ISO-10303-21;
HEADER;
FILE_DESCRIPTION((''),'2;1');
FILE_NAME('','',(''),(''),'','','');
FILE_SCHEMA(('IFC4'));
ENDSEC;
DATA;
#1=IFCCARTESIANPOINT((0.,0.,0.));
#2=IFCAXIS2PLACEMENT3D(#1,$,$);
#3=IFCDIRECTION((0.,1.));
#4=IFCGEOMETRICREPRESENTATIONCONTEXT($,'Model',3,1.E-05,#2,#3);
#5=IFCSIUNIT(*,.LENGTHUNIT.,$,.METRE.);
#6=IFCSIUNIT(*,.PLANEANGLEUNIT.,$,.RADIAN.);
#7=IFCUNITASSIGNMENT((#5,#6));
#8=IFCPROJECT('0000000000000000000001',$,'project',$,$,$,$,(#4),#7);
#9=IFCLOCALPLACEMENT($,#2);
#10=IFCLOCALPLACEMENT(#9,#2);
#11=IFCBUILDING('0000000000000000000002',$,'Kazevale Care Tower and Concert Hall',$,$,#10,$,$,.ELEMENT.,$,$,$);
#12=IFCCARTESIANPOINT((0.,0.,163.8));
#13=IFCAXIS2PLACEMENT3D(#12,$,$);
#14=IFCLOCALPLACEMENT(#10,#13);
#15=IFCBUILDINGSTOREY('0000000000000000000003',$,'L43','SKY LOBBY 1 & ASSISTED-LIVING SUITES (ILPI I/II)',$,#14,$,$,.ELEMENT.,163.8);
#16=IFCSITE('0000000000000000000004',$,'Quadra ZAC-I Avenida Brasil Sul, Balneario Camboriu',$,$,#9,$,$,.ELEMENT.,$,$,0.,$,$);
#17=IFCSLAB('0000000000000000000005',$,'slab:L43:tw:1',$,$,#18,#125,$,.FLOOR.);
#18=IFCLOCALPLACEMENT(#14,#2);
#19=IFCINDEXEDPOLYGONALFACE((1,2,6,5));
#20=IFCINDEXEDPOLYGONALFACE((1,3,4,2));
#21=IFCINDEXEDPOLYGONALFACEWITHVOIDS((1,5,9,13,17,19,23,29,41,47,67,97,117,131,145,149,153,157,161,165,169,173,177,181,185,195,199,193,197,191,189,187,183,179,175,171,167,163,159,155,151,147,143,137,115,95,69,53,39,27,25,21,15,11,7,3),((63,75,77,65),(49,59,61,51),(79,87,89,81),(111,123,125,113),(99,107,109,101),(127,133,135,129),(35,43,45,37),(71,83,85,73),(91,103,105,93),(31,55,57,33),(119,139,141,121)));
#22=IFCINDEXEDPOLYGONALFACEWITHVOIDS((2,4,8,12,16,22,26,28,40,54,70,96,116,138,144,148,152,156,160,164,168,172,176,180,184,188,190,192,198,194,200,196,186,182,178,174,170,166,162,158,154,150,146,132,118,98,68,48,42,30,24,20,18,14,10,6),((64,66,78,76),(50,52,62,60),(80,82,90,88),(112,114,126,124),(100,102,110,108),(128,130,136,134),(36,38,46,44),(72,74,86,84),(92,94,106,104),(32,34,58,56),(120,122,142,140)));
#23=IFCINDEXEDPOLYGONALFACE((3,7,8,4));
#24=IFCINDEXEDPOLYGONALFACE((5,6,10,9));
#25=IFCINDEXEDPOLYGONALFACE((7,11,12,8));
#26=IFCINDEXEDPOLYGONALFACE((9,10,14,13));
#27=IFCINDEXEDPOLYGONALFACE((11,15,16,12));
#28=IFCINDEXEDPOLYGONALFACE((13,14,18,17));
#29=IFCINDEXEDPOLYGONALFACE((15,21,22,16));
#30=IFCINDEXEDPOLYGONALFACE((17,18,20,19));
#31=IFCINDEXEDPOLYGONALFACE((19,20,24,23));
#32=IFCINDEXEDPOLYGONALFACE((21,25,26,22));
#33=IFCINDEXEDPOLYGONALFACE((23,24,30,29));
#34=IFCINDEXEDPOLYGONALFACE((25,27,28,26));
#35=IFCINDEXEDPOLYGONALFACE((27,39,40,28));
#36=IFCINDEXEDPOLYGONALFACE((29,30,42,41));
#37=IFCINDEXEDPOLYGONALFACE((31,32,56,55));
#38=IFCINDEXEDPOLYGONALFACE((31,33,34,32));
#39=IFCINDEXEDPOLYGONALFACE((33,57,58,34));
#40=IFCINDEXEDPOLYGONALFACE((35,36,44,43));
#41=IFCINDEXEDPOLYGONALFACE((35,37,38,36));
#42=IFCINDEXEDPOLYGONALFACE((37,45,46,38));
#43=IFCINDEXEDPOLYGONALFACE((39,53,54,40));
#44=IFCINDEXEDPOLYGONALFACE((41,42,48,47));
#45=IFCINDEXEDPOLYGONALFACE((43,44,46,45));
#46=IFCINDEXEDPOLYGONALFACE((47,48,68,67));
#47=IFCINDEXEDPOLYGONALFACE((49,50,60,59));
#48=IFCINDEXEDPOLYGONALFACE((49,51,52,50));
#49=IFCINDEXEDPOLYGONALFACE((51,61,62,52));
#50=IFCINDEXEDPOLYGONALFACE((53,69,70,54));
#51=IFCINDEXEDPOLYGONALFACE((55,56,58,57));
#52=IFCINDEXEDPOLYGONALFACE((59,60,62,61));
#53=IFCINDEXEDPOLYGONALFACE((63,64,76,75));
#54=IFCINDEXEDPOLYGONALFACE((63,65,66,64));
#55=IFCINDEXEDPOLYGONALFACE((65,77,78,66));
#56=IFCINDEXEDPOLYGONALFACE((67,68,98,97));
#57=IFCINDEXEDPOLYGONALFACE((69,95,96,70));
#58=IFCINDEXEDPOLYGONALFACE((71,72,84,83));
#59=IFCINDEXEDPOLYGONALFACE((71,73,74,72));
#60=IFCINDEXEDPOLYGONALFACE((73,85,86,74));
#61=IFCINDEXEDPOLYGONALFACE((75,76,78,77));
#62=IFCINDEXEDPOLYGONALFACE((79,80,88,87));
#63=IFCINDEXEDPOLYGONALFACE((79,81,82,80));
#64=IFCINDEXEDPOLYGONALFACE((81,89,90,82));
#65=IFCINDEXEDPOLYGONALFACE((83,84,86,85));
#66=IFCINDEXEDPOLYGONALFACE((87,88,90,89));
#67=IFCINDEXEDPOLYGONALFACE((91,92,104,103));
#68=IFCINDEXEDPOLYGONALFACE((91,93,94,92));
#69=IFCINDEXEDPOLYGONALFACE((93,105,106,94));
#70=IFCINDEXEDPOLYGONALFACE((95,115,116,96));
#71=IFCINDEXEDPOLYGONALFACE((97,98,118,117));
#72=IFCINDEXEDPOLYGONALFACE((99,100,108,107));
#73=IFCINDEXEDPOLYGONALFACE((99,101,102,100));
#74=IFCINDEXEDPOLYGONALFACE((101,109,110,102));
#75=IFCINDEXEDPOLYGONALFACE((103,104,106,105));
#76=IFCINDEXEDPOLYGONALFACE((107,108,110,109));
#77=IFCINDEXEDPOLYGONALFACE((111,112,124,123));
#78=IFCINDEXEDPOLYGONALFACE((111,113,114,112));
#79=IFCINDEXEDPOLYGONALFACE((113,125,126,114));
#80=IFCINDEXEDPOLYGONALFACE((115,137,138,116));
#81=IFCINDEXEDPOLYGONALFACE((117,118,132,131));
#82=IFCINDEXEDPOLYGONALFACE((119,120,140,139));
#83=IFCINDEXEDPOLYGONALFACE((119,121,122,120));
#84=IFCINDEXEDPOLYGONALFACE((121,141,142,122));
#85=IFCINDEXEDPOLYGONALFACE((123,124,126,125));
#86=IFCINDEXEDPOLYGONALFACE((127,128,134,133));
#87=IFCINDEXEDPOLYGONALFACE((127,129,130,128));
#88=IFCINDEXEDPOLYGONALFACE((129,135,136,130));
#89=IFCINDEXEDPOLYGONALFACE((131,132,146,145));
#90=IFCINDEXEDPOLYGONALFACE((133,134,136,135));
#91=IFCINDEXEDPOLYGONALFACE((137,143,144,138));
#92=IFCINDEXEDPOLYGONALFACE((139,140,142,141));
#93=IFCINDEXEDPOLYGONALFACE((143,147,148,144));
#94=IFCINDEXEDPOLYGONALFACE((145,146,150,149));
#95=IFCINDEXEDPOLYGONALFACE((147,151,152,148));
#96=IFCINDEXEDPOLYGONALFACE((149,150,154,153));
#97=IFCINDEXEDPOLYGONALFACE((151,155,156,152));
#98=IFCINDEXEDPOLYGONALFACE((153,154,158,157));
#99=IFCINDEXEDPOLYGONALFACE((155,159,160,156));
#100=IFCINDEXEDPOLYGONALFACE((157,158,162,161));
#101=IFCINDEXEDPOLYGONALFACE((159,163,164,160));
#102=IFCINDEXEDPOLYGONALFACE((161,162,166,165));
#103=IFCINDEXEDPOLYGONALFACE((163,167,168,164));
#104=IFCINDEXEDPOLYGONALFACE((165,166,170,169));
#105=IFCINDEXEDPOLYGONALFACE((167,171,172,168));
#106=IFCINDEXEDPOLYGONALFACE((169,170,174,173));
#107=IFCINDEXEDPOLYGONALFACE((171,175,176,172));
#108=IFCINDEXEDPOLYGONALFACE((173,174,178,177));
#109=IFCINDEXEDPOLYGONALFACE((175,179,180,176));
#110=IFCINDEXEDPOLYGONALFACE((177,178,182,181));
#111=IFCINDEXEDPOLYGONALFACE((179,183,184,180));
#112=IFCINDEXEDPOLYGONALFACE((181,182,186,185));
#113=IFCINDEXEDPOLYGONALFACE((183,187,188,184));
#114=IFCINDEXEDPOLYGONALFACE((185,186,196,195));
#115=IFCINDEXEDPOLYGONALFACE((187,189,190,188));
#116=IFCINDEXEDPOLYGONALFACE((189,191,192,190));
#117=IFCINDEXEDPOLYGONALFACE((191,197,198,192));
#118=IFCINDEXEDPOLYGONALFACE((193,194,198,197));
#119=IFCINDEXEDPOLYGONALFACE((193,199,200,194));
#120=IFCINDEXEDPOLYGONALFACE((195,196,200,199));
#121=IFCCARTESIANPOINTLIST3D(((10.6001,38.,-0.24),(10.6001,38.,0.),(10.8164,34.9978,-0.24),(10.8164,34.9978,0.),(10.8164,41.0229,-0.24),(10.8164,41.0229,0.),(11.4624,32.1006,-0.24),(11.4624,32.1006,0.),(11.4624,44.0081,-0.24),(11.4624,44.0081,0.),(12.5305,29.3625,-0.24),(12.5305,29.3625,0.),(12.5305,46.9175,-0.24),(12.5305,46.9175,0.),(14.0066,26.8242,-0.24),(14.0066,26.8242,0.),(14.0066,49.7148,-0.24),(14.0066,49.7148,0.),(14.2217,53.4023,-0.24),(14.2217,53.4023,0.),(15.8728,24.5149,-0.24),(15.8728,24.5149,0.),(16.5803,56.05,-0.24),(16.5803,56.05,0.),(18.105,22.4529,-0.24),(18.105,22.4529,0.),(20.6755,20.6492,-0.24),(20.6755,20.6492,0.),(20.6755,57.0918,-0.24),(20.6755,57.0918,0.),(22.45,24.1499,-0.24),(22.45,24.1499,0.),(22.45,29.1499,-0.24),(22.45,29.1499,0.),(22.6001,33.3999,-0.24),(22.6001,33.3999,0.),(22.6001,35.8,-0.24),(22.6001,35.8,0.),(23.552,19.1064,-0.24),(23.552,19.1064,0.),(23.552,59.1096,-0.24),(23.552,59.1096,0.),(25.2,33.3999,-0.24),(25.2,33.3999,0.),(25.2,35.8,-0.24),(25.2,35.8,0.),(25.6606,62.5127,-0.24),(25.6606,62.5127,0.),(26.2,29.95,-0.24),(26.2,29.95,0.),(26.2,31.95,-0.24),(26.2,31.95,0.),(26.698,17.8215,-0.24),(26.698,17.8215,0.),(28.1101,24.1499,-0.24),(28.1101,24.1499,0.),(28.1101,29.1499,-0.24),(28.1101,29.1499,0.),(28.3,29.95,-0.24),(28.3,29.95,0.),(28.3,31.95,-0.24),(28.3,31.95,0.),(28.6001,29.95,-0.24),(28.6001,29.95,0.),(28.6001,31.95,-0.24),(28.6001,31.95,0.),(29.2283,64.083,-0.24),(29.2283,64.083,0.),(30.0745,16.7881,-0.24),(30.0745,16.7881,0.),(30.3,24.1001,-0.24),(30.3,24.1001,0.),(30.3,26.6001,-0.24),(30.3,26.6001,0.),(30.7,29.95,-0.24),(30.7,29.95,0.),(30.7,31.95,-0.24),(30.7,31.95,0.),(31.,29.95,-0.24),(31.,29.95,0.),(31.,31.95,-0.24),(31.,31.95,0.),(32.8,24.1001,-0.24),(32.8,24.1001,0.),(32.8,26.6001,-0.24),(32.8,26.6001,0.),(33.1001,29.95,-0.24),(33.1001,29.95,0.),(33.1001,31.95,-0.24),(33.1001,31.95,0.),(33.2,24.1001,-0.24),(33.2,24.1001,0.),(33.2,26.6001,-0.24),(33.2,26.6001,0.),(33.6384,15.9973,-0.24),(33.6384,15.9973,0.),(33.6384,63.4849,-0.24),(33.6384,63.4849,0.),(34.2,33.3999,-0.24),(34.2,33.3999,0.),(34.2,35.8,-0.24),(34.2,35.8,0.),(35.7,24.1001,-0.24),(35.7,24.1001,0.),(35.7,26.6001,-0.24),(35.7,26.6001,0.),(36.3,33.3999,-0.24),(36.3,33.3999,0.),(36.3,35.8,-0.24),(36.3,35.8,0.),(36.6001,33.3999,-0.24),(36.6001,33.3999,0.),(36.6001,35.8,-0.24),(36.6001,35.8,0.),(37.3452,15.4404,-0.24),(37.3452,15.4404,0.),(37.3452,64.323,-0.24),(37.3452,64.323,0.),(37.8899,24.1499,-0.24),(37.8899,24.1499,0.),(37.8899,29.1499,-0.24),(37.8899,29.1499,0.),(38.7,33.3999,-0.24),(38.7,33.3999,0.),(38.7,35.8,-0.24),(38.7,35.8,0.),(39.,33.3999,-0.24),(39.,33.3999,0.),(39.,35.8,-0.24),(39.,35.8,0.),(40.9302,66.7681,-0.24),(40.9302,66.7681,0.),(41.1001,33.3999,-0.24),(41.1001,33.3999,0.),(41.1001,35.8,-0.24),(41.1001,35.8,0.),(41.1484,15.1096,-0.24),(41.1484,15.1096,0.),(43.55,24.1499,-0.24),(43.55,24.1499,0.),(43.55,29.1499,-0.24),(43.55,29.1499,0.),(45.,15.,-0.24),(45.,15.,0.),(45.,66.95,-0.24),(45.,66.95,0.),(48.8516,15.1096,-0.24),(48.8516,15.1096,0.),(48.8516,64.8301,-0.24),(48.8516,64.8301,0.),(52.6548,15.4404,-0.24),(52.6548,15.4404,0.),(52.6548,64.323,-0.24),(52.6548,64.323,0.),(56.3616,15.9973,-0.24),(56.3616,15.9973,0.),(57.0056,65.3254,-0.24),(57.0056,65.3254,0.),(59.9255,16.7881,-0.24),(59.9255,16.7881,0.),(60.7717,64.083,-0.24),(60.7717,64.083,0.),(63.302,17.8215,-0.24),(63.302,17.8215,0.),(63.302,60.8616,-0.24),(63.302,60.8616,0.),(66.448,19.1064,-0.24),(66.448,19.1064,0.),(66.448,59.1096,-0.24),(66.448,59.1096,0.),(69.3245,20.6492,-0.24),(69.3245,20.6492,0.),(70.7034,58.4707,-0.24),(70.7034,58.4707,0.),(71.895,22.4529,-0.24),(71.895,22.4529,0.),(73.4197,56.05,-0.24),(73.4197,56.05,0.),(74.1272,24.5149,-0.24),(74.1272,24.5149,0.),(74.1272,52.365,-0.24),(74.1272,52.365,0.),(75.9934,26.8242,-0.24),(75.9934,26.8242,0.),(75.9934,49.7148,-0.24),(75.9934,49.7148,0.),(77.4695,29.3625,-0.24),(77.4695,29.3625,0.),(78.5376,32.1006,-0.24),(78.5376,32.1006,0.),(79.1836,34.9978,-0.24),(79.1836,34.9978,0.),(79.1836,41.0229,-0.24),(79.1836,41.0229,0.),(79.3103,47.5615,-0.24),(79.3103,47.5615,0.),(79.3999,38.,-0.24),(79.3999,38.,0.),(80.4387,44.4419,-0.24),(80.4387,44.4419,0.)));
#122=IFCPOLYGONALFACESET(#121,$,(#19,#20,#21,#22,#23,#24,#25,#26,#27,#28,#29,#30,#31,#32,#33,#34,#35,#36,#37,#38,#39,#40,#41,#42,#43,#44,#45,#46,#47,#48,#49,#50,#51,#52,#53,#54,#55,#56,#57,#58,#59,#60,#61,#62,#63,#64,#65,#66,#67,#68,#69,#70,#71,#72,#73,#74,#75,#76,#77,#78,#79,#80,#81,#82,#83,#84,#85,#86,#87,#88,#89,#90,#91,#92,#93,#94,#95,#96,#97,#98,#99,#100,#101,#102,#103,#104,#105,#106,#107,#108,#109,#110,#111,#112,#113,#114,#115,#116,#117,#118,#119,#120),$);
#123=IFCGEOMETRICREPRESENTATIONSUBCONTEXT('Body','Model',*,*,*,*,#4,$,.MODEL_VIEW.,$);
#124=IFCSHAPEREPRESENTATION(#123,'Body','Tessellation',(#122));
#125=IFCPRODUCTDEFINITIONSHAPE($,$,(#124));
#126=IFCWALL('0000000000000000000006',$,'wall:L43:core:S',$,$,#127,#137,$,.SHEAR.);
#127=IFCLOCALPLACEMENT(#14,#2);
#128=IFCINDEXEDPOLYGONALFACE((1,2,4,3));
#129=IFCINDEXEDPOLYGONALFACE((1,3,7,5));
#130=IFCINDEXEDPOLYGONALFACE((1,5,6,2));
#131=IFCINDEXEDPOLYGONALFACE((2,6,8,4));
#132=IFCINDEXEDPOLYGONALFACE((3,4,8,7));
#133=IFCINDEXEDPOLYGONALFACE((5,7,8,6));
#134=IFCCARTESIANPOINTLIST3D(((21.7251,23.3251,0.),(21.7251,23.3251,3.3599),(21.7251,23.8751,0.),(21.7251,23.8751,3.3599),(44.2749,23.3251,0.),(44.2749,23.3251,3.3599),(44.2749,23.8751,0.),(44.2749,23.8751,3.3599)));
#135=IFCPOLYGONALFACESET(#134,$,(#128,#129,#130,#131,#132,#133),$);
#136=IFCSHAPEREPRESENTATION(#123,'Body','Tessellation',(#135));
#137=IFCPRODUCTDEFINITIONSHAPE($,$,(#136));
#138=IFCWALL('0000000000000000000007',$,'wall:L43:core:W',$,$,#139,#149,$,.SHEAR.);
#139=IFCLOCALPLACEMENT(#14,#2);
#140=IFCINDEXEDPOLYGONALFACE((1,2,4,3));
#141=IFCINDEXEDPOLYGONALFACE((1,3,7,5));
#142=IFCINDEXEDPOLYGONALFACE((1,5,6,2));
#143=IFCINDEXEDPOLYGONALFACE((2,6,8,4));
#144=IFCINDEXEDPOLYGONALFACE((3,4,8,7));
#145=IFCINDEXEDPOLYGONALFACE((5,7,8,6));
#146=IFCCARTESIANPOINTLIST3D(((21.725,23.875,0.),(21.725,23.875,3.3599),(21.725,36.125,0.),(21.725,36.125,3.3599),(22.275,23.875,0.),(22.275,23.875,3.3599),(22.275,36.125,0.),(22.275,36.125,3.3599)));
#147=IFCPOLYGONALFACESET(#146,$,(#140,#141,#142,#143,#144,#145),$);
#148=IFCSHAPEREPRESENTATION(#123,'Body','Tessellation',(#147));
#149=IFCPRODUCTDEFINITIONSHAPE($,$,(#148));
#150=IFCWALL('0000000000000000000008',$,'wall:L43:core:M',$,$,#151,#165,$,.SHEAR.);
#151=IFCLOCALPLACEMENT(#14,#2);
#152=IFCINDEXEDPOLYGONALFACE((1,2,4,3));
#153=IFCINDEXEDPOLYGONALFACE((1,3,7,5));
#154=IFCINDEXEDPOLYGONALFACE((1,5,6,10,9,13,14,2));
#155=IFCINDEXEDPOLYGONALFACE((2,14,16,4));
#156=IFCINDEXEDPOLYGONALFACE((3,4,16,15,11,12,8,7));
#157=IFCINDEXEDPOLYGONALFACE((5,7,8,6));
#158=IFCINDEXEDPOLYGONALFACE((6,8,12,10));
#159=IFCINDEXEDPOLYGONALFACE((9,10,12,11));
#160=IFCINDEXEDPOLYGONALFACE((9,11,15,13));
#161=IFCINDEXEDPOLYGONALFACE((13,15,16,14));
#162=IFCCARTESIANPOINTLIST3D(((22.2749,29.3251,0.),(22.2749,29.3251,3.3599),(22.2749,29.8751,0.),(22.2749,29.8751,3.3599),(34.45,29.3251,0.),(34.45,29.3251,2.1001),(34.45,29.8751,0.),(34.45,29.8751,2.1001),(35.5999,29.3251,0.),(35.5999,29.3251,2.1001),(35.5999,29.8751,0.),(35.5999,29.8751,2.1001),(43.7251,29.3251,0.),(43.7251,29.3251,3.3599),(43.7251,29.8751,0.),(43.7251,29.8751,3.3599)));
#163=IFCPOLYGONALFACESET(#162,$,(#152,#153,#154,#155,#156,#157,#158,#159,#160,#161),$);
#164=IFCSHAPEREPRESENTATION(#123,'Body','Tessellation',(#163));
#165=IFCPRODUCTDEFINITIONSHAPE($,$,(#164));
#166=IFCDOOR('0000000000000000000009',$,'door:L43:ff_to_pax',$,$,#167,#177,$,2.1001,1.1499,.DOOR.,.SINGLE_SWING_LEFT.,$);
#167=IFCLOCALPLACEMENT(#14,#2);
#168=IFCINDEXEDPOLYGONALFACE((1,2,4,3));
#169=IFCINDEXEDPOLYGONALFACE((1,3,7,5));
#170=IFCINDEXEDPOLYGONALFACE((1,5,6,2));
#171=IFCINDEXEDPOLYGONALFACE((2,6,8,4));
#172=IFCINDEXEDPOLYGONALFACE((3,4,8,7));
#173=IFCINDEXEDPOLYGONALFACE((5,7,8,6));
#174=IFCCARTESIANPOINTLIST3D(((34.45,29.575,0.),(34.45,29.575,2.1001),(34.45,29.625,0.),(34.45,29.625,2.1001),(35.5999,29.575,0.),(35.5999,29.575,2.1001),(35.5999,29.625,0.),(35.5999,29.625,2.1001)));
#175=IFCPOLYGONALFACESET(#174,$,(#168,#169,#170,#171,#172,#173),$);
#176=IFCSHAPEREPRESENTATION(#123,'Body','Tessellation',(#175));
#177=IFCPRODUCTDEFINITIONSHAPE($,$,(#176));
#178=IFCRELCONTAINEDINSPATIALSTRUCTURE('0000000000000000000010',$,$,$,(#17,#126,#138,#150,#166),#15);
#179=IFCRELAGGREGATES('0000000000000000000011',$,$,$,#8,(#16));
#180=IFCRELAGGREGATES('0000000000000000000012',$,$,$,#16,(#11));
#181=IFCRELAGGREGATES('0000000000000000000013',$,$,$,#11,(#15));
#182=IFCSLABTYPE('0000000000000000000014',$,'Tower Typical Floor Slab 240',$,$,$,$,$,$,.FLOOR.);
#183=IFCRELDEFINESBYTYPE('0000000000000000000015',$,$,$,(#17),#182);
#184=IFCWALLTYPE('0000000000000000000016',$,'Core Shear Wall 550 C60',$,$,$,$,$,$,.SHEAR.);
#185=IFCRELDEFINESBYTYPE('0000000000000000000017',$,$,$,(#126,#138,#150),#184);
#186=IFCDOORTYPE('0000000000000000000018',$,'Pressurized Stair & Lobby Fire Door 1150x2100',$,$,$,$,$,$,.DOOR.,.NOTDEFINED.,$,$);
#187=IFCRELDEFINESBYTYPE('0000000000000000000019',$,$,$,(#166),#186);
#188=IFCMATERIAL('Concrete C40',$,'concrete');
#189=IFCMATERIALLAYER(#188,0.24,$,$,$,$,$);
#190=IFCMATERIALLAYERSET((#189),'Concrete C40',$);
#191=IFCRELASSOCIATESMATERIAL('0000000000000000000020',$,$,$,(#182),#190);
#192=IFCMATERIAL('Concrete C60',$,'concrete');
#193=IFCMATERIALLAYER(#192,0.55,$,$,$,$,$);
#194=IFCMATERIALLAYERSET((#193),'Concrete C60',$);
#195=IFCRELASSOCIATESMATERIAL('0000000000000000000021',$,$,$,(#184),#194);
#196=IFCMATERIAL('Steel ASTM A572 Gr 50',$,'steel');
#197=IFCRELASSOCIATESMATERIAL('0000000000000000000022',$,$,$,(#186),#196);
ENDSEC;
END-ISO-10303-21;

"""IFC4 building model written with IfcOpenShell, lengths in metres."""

from ifc_helpers import new_model, si_unit, direction, frame, frame_2d, origin, place, context, subcontext, project, spatial, polyline, rectangle, outline, extrude, material, layer, layer_set, type_object, element, fill, save


model = new_model("IFC4")

# Units and contexts
model_context = context("Model", 3, precision=1e-05, world=origin(), true_north=direction((0.0, 1.0)))
body_context = subcontext(model_context, "Body", "Model", "MODEL_VIEW")
ifc_project = project(units=[si_unit("LENGTHUNIT", "METRE"), si_unit("PLANEANGLEUNIT", "RADIAN")], contexts=[model_context])

# Site, building, storey
site_placement = place(None, origin())
site = spatial("IfcSite", under=ifc_project, at=site_placement, Name="Quadra ZAC-I Avenida Brasil Sul, Balneario Camboriu", CompositionType="ELEMENT", RefElevation=0.0)
building_placement = place(site_placement, origin())
building = spatial("IfcBuilding", under=site, at=building_placement, Name="Kazevale Care Tower and Concert Hall", CompositionType="ELEMENT")
storey_placement = place(building_placement, frame((0.0, 0.0, 163.8)))
storey = spatial("IfcBuildingStorey", under=building, at=storey_placement, Name="L43", Description="SKY LOBBY 1 & ASSISTED-LIVING SUITES (ILPI I/II)", CompositionType="ELEMENT", Elevation=163.8)

# Shared definitions
ifc_material_1 = material(Name="Concrete C60", Category="concrete")

# Shared definitions
ifc_material_2 = material(Name="Steel ASTM A572 Gr 50", Category="steel")

# Shared definitions
ifc_material_3 = material(Name="Concrete C40", Category="concrete")

# Slab
ifc_layer_1 = layer(ifc_material_3, 0.24)
ifc_layer_set_1 = layer_set([ifc_layer_1], Name="Concrete C40")
slab_type_1 = type_object("IfcSlabType", Name="Tower Typical Floor Slab 240", PredefinedType="FLOOR", material=ifc_layer_set_1)
slab_1_placement = place(storey_placement, frame((0.0, 0.0, -0.24)))
element("IfcSlab", 1, at=slab_1_placement, inside=storey, type_object=slab_type_1, Name="slab:L43:tw:1", PredefinedType="FLOOR", context=body_context, shape_type="SweptSolid", body=[
    extrude(outline(polyline([(79.3999, 38.0), (79.1836, 41.0229), (80.4387, 44.4419), (79.3103, 47.5615), (75.9934, 49.7148), (74.1272, 52.365), (73.4197, 56.05), (70.7034, 58.4707), (66.448, 59.1096), (63.302, 60.8616), (60.7717, 64.083), (57.0056, 65.3254), (52.6548, 64.323), (48.8516, 64.8301), (45.0, 66.95), (40.9302, 66.7681), (37.3452, 64.323), (33.6384, 63.4849), (29.2283, 64.083), (25.6606, 62.5127), (23.552, 59.1096), (20.6755, 57.0918), (16.5803, 56.05), (14.2217, 53.4023), (14.0066, 49.7148), (12.5305, 46.9175), (11.4624, 44.0081), (10.8164, 41.0229), (10.6001, 38.0), (10.8164, 34.9978), (11.4624, 32.1006), (12.5305, 29.3625), (14.0066, 26.8242), (15.8728, 24.5149), (18.105, 22.4529), (20.6755, 20.6492), (23.552, 19.1064), (26.698, 17.8215), (30.0745, 16.7881), (33.6384, 15.9973), (37.3452, 15.4404), (41.1484, 15.1096), (45.0, 15.0), (48.8516, 15.1096), (52.6548, 15.4404), (56.3616, 15.9973), (59.9255, 16.7881), (63.302, 17.8215), (66.448, 19.1064), (69.3245, 20.6492), (71.895, 22.4529), (74.1272, 24.5149), (75.9934, 26.8242), (77.4695, 29.3625), (78.5376, 32.1006), (79.1836, 34.9978), (79.3999, 38.0)]), holes=[polyline([(22.45, 24.1499), (28.1101, 24.1499), (28.1101, 29.1499), (22.45, 29.1499), (22.45, 24.1499)]), polyline([(37.8899, 24.1499), (43.55, 24.1499), (43.55, 29.1499), (37.8899, 29.1499), (37.8899, 24.1499)]), polyline([(30.3, 24.1001), (32.8, 24.1001), (32.8, 26.6001), (30.3, 26.6001), (30.3, 24.1001)]), polyline([(33.2, 24.1001), (35.7, 24.1001), (35.7, 26.6001), (33.2, 26.6001), (33.2, 24.1001)]), polyline([(22.6001, 33.3999), (25.2, 33.3999), (25.2, 35.8), (22.6001, 35.8), (22.6001, 33.3999)]), polyline([(34.2, 33.3999), (36.3, 33.3999), (36.3, 35.8), (34.2, 35.8), (34.2, 33.3999)]), polyline([(36.6001, 33.3999), (38.7, 33.3999), (38.7, 35.8), (36.6001, 35.8), (36.6001, 33.3999)]), polyline([(39.0, 33.3999), (41.1001, 33.3999), (41.1001, 35.8), (39.0, 35.8), (39.0, 33.3999)]), polyline([(26.2, 29.95), (28.3, 29.95), (28.3, 31.95), (26.2, 31.95), (26.2, 29.95)]), polyline([(28.6001, 29.95), (30.7, 29.95), (30.7, 31.95), (28.6001, 31.95), (28.6001, 29.95)]), polyline([(31.0, 29.95), (33.1001, 29.95), (33.1001, 31.95), (31.0, 31.95), (31.0, 29.95)])]), origin(), (0.0, 0.0, 1.0), 0.24),
])

# Walls
ifc_layer_2 = layer(ifc_material_1, 0.55)
ifc_layer_set_2 = layer_set([ifc_layer_2], Name="Concrete C60")
wall_type_1 = type_object("IfcWallType", Name="Core Shear Wall 550 C60", PredefinedType="SHEAR", material=ifc_layer_set_2)
wall_1_placement = place(storey_placement, frame((21.7251, 23.6001, 0.0), z_axis=(0.0, 0.0, 1.0), x_axis=(1.0, 0.0, 0.0)))
element("IfcWall", 2, at=wall_1_placement, inside=storey, type_object=wall_type_1, Name="wall:L43:core:S", PredefinedType="SHEAR", context=body_context, shape_type="SweptSolid", body=[
    extrude(rectangle(XDim=22.5498, YDim=0.55, at=frame_2d((11.2749, 0.0))), origin(), (0.0, 0.0, 1.0), 3.3599),
])
wall_2_placement = place(storey_placement, frame((22.0, 23.875, 0.0), z_axis=(0.0, 0.0, 1.0), x_axis=(0.0, 1.0, 0.0)))
element("IfcWall", 3, at=wall_2_placement, inside=storey, type_object=wall_type_1, Name="wall:L43:core:W", PredefinedType="SHEAR", context=body_context, shape_type="SweptSolid", body=[
    extrude(rectangle(XDim=12.25, YDim=0.55, at=frame_2d((6.125, 0.0))), origin(), (0.0, 0.0, 1.0), 3.3599),
])

# Wall, opening, door
wall_3_placement = place(storey_placement, frame((22.2749, 29.6001, 0.0), z_axis=(0.0, 0.0, 1.0), x_axis=(1.0, 0.0, 0.0)))
wall_3 = element("IfcWall", 4, at=wall_3_placement, inside=storey, type_object=wall_type_1, Name="wall:L43:core:M", PredefinedType="SHEAR", context=body_context, shape_type="SweptSolid", body=[
    extrude(rectangle(XDim=21.4502, YDim=0.55, at=frame_2d((10.7251, 0.0))), origin(), (0.0, 0.0, 1.0), 3.3599),
])
opening_1_placement = place(wall_3_placement, frame((12.175, 0.0, 0.0)))
opening_1 = element("IfcOpeningElement", 5, at=opening_1_placement, cuts=wall_3, PredefinedType="OPENING", context=body_context, shape_type="SweptSolid", body=[
    extrude(rectangle(XDim=1.1499, YDim=2.1001, at=frame_2d((0.575, 1.05))), frame((0.0, 0.2849, 0.0), z_axis=(0.0, -1.0, 0.0), x_axis=(1.0, 0.0, 0.0)), (0.0, 0.0, 1.0), 0.5701),
])
door_type_1 = type_object("IfcDoorType", Name="Pressurized Stair & Lobby Fire Door 1150x2100", OperationType="NOTDEFINED", PredefinedType="DOOR", material=ifc_material_2)
door_1_placement = place(opening_1_placement, origin())
door_1 = element("IfcDoor", 6, at=door_1_placement, inside=storey, type_object=door_type_1, Name="door:L43:ff_to_pax", OperationType="SINGLE_SWING_LEFT", OverallHeight=2.1001, OverallWidth=1.1499, PredefinedType="DOOR", context=body_context, shape_type="SweptSolid", body=[
    extrude(rectangle(XDim=1.1499, YDim=2.1001, at=frame_2d((0.575, 1.05))), frame((0.0, 0.0249, 0.0), z_axis=(0.0, -1.0, 0.0), x_axis=(1.0, 0.0, 0.0)), (0.0, 0.0, 1.0), 0.05),
])
fill(opening_1, door_1)

save(model, "model.ifc")
